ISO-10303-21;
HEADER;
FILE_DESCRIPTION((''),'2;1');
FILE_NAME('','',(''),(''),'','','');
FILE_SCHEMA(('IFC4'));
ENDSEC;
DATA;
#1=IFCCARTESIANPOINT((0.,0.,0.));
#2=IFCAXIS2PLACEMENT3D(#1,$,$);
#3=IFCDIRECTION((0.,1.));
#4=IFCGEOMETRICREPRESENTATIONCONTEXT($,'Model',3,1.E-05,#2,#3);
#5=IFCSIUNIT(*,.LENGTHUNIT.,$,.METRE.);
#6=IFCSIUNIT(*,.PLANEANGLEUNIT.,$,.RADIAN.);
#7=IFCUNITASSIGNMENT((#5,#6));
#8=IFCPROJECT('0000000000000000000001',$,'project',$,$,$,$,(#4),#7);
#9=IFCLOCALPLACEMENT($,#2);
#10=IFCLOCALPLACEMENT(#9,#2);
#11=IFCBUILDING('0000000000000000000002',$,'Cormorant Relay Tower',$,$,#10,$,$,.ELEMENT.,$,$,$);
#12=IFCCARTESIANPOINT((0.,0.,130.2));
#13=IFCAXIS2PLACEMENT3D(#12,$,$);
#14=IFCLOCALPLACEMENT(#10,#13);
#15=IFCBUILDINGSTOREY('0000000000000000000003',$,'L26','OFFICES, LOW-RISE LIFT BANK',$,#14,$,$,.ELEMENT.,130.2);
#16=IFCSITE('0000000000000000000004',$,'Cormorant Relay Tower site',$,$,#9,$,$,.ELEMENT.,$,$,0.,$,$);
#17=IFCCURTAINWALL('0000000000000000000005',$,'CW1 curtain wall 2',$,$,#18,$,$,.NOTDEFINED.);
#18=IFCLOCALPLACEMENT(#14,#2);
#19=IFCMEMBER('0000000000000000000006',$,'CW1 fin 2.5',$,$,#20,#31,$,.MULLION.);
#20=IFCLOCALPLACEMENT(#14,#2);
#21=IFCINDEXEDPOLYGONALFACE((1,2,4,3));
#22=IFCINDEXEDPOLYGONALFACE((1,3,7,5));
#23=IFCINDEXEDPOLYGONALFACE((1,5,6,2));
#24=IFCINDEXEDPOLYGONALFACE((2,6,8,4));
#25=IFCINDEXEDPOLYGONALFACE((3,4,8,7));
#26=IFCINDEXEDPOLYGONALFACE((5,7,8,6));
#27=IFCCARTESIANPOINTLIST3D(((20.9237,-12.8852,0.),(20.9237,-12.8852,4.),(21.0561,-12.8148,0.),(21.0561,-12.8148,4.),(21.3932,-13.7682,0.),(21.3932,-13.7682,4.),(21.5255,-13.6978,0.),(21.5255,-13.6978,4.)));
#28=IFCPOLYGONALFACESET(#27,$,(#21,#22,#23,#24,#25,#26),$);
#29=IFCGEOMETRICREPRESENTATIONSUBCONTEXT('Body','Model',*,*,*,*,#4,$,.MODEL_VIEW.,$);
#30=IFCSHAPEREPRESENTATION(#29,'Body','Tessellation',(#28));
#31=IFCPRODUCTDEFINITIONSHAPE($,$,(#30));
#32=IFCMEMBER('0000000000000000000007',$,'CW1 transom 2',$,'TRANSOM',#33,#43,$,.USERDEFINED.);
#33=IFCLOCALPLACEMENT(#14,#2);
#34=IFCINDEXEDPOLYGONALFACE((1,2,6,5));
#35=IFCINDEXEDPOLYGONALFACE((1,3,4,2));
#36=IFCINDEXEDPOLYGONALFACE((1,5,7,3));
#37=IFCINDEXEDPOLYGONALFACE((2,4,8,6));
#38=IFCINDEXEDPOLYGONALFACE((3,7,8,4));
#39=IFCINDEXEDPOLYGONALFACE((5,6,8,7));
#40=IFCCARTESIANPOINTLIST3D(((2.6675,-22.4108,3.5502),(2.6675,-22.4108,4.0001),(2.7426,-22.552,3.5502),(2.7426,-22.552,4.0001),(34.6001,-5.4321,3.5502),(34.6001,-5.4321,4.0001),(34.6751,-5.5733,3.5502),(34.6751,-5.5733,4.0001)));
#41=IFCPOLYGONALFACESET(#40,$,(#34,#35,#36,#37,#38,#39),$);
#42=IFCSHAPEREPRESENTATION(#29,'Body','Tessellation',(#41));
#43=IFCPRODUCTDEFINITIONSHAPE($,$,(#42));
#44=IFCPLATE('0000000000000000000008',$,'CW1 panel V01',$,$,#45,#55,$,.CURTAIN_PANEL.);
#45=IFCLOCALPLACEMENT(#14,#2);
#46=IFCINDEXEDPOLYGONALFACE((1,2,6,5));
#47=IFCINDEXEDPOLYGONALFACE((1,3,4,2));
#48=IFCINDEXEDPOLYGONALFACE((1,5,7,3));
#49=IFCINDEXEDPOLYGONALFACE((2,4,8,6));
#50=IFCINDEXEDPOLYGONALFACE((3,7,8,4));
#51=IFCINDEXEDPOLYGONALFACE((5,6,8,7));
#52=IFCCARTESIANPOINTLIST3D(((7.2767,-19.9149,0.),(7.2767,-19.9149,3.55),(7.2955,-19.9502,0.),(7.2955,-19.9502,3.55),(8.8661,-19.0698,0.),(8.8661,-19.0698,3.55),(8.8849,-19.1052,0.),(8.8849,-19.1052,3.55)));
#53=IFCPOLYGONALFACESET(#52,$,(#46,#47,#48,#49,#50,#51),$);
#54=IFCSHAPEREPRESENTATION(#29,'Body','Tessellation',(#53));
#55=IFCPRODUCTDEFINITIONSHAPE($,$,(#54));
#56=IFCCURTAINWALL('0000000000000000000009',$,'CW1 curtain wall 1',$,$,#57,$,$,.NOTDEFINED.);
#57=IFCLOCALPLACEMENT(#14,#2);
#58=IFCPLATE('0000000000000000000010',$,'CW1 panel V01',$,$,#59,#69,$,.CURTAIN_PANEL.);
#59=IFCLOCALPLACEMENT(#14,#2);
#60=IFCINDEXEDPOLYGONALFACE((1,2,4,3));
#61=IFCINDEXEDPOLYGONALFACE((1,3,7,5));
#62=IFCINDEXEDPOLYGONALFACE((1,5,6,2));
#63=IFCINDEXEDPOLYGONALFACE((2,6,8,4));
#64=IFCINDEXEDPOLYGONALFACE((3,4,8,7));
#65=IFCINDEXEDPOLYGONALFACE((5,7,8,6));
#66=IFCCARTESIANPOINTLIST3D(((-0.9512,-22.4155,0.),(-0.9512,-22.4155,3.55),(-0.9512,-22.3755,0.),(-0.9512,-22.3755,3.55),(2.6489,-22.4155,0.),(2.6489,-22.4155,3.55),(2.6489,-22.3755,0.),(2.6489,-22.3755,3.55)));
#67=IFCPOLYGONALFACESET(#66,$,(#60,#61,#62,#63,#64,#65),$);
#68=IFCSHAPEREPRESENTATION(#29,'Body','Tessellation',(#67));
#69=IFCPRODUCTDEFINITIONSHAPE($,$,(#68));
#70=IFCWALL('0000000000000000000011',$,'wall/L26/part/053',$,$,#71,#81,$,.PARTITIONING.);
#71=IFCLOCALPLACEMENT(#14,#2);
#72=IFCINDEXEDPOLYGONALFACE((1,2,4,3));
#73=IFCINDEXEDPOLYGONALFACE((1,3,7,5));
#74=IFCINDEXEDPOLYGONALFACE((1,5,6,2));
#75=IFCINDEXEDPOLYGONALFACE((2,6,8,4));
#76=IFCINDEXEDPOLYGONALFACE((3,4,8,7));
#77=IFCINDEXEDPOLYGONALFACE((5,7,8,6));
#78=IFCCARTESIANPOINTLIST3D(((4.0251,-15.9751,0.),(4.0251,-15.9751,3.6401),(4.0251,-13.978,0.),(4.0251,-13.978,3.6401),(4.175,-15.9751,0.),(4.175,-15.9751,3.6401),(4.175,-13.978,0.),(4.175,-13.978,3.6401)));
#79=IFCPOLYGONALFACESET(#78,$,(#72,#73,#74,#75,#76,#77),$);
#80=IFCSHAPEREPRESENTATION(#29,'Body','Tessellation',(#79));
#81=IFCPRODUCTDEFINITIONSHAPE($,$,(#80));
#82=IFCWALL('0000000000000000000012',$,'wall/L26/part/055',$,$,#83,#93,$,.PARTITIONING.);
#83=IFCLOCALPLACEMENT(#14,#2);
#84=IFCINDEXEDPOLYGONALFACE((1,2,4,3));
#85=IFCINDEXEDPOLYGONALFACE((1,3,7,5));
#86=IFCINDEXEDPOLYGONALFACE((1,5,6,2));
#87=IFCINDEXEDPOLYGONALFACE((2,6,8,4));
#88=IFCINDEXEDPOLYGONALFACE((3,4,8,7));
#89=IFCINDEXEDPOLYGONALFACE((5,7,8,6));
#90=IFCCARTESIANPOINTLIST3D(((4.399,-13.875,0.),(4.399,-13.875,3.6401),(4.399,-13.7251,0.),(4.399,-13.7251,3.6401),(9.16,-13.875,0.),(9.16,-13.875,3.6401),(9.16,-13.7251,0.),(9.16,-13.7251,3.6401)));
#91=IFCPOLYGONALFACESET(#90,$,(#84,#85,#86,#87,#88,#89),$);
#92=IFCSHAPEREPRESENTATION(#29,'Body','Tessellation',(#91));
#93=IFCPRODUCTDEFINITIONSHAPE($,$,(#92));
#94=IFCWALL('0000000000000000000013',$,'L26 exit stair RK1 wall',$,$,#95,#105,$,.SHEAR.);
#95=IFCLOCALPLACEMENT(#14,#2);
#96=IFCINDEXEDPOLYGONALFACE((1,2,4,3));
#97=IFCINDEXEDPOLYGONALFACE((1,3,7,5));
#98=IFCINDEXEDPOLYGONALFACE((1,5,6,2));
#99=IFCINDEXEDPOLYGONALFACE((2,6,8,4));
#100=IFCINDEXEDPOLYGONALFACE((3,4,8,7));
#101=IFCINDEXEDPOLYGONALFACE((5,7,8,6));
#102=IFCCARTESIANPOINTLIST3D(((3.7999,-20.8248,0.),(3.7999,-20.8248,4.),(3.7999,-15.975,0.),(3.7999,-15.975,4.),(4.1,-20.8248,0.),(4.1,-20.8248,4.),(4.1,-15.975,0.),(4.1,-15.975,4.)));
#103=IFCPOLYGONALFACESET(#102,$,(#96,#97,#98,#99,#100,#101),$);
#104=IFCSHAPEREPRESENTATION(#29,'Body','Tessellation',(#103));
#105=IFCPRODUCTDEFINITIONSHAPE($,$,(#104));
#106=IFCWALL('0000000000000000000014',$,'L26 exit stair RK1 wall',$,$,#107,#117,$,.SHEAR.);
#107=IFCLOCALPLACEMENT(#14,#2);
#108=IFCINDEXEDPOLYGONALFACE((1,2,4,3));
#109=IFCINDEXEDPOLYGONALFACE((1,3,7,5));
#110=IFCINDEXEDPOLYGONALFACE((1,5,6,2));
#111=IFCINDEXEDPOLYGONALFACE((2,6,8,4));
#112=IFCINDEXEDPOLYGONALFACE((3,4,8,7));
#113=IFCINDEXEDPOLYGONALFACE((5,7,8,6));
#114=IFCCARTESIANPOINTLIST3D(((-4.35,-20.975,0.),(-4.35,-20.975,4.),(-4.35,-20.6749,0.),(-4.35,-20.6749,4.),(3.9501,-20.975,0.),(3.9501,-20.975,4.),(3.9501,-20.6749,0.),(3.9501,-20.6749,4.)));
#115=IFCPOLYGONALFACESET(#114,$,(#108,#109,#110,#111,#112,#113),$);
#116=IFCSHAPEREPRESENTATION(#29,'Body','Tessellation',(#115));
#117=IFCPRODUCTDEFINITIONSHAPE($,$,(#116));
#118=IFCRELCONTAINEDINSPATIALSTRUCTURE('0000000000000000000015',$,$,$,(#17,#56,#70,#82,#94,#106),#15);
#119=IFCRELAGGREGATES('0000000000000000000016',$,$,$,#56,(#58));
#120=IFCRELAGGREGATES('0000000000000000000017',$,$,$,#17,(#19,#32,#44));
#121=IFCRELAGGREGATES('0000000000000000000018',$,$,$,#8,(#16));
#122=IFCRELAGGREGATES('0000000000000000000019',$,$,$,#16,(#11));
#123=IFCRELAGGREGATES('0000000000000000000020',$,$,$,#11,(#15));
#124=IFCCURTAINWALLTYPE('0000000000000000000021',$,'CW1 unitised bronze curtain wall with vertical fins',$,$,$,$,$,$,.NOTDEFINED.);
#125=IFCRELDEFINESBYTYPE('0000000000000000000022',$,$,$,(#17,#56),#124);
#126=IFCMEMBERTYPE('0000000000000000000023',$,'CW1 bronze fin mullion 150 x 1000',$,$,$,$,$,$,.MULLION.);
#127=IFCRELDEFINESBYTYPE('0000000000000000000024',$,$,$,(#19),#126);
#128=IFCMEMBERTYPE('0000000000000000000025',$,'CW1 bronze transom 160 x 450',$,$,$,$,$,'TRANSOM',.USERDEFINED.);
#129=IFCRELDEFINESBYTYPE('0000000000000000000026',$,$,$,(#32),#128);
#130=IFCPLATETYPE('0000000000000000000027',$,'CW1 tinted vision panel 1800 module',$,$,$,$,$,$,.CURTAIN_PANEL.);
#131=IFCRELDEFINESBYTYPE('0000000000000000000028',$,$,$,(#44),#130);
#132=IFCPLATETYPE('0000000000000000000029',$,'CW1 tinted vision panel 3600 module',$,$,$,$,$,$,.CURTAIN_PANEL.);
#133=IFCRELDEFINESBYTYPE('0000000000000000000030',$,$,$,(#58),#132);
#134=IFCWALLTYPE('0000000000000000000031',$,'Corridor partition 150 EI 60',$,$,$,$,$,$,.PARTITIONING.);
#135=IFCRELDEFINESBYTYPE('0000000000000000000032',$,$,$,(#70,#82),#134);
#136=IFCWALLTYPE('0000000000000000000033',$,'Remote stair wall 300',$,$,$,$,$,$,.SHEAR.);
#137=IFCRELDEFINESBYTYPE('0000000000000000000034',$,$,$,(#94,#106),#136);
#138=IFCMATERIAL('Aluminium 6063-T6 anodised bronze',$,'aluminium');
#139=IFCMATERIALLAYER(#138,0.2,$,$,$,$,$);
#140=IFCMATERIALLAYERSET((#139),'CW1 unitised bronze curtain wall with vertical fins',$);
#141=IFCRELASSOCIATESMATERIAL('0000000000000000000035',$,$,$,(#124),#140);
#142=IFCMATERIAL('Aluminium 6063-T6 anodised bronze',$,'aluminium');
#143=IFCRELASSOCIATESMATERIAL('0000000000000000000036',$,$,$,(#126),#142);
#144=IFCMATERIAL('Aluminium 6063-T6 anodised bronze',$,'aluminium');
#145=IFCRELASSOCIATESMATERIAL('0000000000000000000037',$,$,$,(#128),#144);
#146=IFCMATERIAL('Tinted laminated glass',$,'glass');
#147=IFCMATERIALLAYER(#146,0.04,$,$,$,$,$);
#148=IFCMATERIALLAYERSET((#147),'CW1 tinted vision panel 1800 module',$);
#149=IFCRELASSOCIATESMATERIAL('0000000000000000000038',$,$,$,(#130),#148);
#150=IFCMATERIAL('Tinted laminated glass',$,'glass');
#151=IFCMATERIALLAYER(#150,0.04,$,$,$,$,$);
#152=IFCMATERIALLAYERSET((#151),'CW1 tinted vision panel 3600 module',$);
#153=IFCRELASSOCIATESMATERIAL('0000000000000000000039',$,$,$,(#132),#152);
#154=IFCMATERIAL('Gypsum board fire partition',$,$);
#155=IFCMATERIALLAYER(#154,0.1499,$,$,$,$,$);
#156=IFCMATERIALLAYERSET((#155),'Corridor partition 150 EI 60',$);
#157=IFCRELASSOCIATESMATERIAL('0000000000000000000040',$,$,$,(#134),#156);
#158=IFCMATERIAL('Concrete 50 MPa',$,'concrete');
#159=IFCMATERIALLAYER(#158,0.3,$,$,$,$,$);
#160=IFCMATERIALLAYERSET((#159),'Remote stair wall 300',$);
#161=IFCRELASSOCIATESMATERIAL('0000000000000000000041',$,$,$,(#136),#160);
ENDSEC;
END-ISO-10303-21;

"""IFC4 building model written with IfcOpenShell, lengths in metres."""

from ifc_helpers import new_model, si_unit, direction, frame, frame_2d, origin, origin_2d, place, context, subcontext, project, spatial, rectangle, extrude, material, layer, layer_set, material_profile, profile_set, type_object, element, aggregate, save


model = new_model("IFC4")

# Units and contexts
model_context = context("Model", 3, precision=1e-05, world=origin(), true_north=direction((0.0, 1.0)))
body_context = subcontext(model_context, "Body", "Model", "MODEL_VIEW")
ifc_project = project(units=[si_unit("LENGTHUNIT", "METRE"), si_unit("PLANEANGLEUNIT", "RADIAN")], contexts=[model_context])

# Site, building, storey
site_placement = place(None, origin())
site = spatial("IfcSite", under=ifc_project, at=site_placement, Name="Cormorant Relay Tower site", CompositionType="ELEMENT", RefElevation=0.0)
building_placement = place(site_placement, origin())
building = spatial("IfcBuilding", under=site, at=building_placement, Name="Cormorant Relay Tower", CompositionType="ELEMENT")
storey_placement = place(building_placement, frame((0.0, 0.0, 130.2)))
storey = spatial("IfcBuildingStorey", under=building, at=storey_placement, Name="L26", Description="OFFICES, LOW-RISE LIFT BANK", CompositionType="ELEMENT", Elevation=130.2)

# Curtain wall, members, plate
ifc_material_1 = material(Name="Aluminium 6063-T6 anodised bronze", Category="aluminium")
ifc_layer_1 = layer(ifc_material_1, 0.2)
ifc_layer_set_1 = layer_set([ifc_layer_1], Name="CW1 unitised bronze curtain wall with vertical fins")
curtain_wall_type = type_object("IfcCurtainWallType", Name="CW1 unitised bronze curtain wall with vertical fins", PredefinedType="NOTDEFINED", material=ifc_layer_set_1)
curtain_wall_1_placement = place(storey_placement, origin())
curtain_wall_1 = element("IfcCurtainWall", 1, at=curtain_wall_1_placement, inside=storey, type_object=curtain_wall_type, Name="CW1 curtain wall 2", PredefinedType="NOTDEFINED")
ifc_material_2 = material(Name="Aluminium 6063-T6 anodised bronze", Category="aluminium")
ifc_material_profile_1 = material_profile(ifc_material_2, rectangle(XDim=0.1499, YDim=1.0, at=origin_2d()), Name="AL 150x1000")
ifc_profile_set_1 = profile_set([ifc_material_profile_1], Name="Aluminium 6063-T6 anodised bronze")
member_type_1 = type_object("IfcMemberType", Name="CW1 bronze fin mullion 150 x 1000", PredefinedType="MULLION", material=ifc_profile_set_1)
member_1_placement = place(storey_placement, frame((21.2246, -13.2915, 0.0), z_axis=(0.0, 0.0, 1.0), x_axis=(0.882948, 0.469472, 0.0)))
member_1 = element("IfcMember", 2, at=member_1_placement, type_object=member_type_1, Name="CW1 fin 2.5", PredefinedType="MULLION", context=body_context, shape_type="SweptSolid", body=[
    extrude(rectangle(XDim=0.1499, YDim=1.0, at=origin_2d()), origin(), (0.0, 0.0, 1.0), 4.0),
])
ifc_material_3 = material(Name="Aluminium 6063-T6 anodised bronze", Category="aluminium")
ifc_material_profile_2 = material_profile(ifc_material_3, rectangle(XDim=0.1599, YDim=0.45, at=origin_2d()), Name="AL 160x450")
ifc_profile_set_2 = profile_set([ifc_material_profile_2], Name="Aluminium 6063-T6 anodised bronze")
member_type_2 = type_object("IfcMemberType", Name="CW1 bronze transom 160 x 450", ElementType="TRANSOM", PredefinedType="USERDEFINED", material=ifc_profile_set_2)
member_2_placement = place(storey_placement, frame((2.7051, -22.4814, 3.7751), z_axis=(0.882949, 0.469469, 0.0), x_axis=(-0.469469, 0.882949, 0.0)))
member_2 = element("IfcMember", 3, at=member_2_placement, type_object=member_type_2, Name="CW1 transom 2", ObjectType="TRANSOM", PredefinedType="USERDEFINED", context=body_context, shape_type="SweptSolid", body=[
    extrude(rectangle(XDim=0.1599, YDim=0.45, at=origin_2d()), origin(), (0.0, 0.0, 1.0), 36.1658),
])
ifc_material_4 = material(Name="Tinted laminated glass", Category="glass")
ifc_layer_2 = layer(ifc_material_4, 0.04)
ifc_layer_set_2 = layer_set([ifc_layer_2], Name="CW1 tinted vision panel 1800 module")
plate_type_1 = type_object("IfcPlateType", Name="CW1 tinted vision panel 1800 module", PredefinedType="CURTAIN_PANEL", material=ifc_layer_set_2)
plate_1_placement = place(storey_placement, frame((8.0808, -19.51, 0.0), z_axis=(0.0, 0.0, 1.0), x_axis=(0.882948, 0.469472, 0.0)))
plate_1 = element("IfcPlate", 4, at=plate_1_placement, type_object=plate_type_1, Name="CW1 panel V01", PredefinedType="CURTAIN_PANEL", context=body_context, shape_type="SweptSolid", body=[
    extrude(rectangle(XDim=1.8, YDim=0.04, at=origin_2d()), origin(), (0.0, 0.0, 1.0), 3.55),
])

# Curtain wall, plate
curtain_wall_2_placement = place(storey_placement, origin())
curtain_wall_2 = element("IfcCurtainWall", 5, at=curtain_wall_2_placement, inside=storey, type_object=curtain_wall_type, Name="CW1 curtain wall 1", PredefinedType="NOTDEFINED")
ifc_material_5 = material(Name="Tinted laminated glass", Category="glass")
ifc_layer_3 = layer(ifc_material_5, 0.04)
ifc_layer_set_3 = layer_set([ifc_layer_3], Name="CW1 tinted vision panel 3600 module")
plate_type_2 = type_object("IfcPlateType", Name="CW1 tinted vision panel 3600 module", PredefinedType="CURTAIN_PANEL", material=ifc_layer_set_3)
plate_2_placement = place(storey_placement, frame((0.8489, -22.3955, 0.0), z_axis=(0.0, 0.0, 1.0), x_axis=(1.0, 0.0, 0.0)))
plate_2 = element("IfcPlate", 6, at=plate_2_placement, type_object=plate_type_2, Name="CW1 panel V01", PredefinedType="CURTAIN_PANEL", context=body_context, shape_type="SweptSolid", body=[
    extrude(rectangle(XDim=3.6001, YDim=0.04, at=origin_2d()), origin(), (0.0, 0.0, 1.0), 3.55),
])

# Walls
ifc_material_6 = material(Name="Gypsum board fire partition")
ifc_layer_4 = layer(ifc_material_6, 0.1499)
ifc_layer_set_4 = layer_set([ifc_layer_4], Name="Corridor partition 150 EI 60")
wall_type_1 = type_object("IfcWallType", Name="Corridor partition 150 EI 60", PredefinedType="PARTITIONING", material=ifc_layer_set_4)
wall_1_placement = place(storey_placement, frame((4.1001, -15.9751, 0.0), z_axis=(0.0, 0.0, 1.0), x_axis=(0.0, 1.0, 0.0)))
element("IfcWall", 7, at=wall_1_placement, inside=storey, type_object=wall_type_1, Name="wall/L26/part/053", PredefinedType="PARTITIONING", context=body_context, shape_type="SweptSolid", body=[
    extrude(rectangle(XDim=1.9971, YDim=0.1499, at=frame_2d((0.9985, 0.0))), origin(), (0.0, 0.0, 1.0), 3.6401),
])
wall_2_placement = place(storey_placement, frame((9.1599, -13.8, 0.0), z_axis=(0.0, 0.0, 1.0), x_axis=(-1.0, 0.0, 0.0)))
element("IfcWall", 8, at=wall_2_placement, inside=storey, type_object=wall_type_1, Name="wall/L26/part/055", PredefinedType="PARTITIONING", context=body_context, shape_type="SweptSolid", body=[
    extrude(rectangle(XDim=4.761, YDim=0.1499, at=frame_2d((2.3804, 0.0))), origin(), (0.0, 0.0, 1.0), 3.6401),
])
ifc_material_7 = material(Name="Concrete 50 MPa", Category="concrete")
ifc_layer_5 = layer(ifc_material_7, 0.3)
ifc_layer_set_5 = layer_set([ifc_layer_5], Name="Remote stair wall 300")
wall_type_2 = type_object("IfcWallType", Name="Remote stair wall 300", PredefinedType="SHEAR", material=ifc_layer_set_5)
wall_3_placement = place(storey_placement, frame((3.95, -15.9751, 0.0), z_axis=(0.0, 0.0, 1.0), x_axis=(0.0, -1.0, 0.0)))
element("IfcWall", 9, at=wall_3_placement, inside=storey, type_object=wall_type_2, Name="L26 exit stair RK1 wall", PredefinedType="SHEAR", context=body_context, shape_type="SweptSolid", body=[
    extrude(rectangle(XDim=4.8499, YDim=0.3, at=frame_2d((2.4248, 0.0))), origin(), (0.0, 0.0, 1.0), 4.0),
])
wall_4_placement = place(storey_placement, frame((3.95, -20.825, 0.0), z_axis=(0.0, 0.0, 1.0), x_axis=(-1.0, 0.0, 0.0)))
element("IfcWall", 10, at=wall_4_placement, inside=storey, type_object=wall_type_2, Name="L26 exit stair RK1 wall", PredefinedType="SHEAR", context=body_context, shape_type="SweptSolid", body=[
    extrude(rectangle(XDim=8.3, YDim=0.3, at=frame_2d((4.1499, 0.0))), origin(), (0.0, 0.0, 1.0), 4.0),
])

aggregate(curtain_wall_2, [plate_2])
aggregate(curtain_wall_1, [member_1, member_2, plate_1])

save(model, "model.ifc")
